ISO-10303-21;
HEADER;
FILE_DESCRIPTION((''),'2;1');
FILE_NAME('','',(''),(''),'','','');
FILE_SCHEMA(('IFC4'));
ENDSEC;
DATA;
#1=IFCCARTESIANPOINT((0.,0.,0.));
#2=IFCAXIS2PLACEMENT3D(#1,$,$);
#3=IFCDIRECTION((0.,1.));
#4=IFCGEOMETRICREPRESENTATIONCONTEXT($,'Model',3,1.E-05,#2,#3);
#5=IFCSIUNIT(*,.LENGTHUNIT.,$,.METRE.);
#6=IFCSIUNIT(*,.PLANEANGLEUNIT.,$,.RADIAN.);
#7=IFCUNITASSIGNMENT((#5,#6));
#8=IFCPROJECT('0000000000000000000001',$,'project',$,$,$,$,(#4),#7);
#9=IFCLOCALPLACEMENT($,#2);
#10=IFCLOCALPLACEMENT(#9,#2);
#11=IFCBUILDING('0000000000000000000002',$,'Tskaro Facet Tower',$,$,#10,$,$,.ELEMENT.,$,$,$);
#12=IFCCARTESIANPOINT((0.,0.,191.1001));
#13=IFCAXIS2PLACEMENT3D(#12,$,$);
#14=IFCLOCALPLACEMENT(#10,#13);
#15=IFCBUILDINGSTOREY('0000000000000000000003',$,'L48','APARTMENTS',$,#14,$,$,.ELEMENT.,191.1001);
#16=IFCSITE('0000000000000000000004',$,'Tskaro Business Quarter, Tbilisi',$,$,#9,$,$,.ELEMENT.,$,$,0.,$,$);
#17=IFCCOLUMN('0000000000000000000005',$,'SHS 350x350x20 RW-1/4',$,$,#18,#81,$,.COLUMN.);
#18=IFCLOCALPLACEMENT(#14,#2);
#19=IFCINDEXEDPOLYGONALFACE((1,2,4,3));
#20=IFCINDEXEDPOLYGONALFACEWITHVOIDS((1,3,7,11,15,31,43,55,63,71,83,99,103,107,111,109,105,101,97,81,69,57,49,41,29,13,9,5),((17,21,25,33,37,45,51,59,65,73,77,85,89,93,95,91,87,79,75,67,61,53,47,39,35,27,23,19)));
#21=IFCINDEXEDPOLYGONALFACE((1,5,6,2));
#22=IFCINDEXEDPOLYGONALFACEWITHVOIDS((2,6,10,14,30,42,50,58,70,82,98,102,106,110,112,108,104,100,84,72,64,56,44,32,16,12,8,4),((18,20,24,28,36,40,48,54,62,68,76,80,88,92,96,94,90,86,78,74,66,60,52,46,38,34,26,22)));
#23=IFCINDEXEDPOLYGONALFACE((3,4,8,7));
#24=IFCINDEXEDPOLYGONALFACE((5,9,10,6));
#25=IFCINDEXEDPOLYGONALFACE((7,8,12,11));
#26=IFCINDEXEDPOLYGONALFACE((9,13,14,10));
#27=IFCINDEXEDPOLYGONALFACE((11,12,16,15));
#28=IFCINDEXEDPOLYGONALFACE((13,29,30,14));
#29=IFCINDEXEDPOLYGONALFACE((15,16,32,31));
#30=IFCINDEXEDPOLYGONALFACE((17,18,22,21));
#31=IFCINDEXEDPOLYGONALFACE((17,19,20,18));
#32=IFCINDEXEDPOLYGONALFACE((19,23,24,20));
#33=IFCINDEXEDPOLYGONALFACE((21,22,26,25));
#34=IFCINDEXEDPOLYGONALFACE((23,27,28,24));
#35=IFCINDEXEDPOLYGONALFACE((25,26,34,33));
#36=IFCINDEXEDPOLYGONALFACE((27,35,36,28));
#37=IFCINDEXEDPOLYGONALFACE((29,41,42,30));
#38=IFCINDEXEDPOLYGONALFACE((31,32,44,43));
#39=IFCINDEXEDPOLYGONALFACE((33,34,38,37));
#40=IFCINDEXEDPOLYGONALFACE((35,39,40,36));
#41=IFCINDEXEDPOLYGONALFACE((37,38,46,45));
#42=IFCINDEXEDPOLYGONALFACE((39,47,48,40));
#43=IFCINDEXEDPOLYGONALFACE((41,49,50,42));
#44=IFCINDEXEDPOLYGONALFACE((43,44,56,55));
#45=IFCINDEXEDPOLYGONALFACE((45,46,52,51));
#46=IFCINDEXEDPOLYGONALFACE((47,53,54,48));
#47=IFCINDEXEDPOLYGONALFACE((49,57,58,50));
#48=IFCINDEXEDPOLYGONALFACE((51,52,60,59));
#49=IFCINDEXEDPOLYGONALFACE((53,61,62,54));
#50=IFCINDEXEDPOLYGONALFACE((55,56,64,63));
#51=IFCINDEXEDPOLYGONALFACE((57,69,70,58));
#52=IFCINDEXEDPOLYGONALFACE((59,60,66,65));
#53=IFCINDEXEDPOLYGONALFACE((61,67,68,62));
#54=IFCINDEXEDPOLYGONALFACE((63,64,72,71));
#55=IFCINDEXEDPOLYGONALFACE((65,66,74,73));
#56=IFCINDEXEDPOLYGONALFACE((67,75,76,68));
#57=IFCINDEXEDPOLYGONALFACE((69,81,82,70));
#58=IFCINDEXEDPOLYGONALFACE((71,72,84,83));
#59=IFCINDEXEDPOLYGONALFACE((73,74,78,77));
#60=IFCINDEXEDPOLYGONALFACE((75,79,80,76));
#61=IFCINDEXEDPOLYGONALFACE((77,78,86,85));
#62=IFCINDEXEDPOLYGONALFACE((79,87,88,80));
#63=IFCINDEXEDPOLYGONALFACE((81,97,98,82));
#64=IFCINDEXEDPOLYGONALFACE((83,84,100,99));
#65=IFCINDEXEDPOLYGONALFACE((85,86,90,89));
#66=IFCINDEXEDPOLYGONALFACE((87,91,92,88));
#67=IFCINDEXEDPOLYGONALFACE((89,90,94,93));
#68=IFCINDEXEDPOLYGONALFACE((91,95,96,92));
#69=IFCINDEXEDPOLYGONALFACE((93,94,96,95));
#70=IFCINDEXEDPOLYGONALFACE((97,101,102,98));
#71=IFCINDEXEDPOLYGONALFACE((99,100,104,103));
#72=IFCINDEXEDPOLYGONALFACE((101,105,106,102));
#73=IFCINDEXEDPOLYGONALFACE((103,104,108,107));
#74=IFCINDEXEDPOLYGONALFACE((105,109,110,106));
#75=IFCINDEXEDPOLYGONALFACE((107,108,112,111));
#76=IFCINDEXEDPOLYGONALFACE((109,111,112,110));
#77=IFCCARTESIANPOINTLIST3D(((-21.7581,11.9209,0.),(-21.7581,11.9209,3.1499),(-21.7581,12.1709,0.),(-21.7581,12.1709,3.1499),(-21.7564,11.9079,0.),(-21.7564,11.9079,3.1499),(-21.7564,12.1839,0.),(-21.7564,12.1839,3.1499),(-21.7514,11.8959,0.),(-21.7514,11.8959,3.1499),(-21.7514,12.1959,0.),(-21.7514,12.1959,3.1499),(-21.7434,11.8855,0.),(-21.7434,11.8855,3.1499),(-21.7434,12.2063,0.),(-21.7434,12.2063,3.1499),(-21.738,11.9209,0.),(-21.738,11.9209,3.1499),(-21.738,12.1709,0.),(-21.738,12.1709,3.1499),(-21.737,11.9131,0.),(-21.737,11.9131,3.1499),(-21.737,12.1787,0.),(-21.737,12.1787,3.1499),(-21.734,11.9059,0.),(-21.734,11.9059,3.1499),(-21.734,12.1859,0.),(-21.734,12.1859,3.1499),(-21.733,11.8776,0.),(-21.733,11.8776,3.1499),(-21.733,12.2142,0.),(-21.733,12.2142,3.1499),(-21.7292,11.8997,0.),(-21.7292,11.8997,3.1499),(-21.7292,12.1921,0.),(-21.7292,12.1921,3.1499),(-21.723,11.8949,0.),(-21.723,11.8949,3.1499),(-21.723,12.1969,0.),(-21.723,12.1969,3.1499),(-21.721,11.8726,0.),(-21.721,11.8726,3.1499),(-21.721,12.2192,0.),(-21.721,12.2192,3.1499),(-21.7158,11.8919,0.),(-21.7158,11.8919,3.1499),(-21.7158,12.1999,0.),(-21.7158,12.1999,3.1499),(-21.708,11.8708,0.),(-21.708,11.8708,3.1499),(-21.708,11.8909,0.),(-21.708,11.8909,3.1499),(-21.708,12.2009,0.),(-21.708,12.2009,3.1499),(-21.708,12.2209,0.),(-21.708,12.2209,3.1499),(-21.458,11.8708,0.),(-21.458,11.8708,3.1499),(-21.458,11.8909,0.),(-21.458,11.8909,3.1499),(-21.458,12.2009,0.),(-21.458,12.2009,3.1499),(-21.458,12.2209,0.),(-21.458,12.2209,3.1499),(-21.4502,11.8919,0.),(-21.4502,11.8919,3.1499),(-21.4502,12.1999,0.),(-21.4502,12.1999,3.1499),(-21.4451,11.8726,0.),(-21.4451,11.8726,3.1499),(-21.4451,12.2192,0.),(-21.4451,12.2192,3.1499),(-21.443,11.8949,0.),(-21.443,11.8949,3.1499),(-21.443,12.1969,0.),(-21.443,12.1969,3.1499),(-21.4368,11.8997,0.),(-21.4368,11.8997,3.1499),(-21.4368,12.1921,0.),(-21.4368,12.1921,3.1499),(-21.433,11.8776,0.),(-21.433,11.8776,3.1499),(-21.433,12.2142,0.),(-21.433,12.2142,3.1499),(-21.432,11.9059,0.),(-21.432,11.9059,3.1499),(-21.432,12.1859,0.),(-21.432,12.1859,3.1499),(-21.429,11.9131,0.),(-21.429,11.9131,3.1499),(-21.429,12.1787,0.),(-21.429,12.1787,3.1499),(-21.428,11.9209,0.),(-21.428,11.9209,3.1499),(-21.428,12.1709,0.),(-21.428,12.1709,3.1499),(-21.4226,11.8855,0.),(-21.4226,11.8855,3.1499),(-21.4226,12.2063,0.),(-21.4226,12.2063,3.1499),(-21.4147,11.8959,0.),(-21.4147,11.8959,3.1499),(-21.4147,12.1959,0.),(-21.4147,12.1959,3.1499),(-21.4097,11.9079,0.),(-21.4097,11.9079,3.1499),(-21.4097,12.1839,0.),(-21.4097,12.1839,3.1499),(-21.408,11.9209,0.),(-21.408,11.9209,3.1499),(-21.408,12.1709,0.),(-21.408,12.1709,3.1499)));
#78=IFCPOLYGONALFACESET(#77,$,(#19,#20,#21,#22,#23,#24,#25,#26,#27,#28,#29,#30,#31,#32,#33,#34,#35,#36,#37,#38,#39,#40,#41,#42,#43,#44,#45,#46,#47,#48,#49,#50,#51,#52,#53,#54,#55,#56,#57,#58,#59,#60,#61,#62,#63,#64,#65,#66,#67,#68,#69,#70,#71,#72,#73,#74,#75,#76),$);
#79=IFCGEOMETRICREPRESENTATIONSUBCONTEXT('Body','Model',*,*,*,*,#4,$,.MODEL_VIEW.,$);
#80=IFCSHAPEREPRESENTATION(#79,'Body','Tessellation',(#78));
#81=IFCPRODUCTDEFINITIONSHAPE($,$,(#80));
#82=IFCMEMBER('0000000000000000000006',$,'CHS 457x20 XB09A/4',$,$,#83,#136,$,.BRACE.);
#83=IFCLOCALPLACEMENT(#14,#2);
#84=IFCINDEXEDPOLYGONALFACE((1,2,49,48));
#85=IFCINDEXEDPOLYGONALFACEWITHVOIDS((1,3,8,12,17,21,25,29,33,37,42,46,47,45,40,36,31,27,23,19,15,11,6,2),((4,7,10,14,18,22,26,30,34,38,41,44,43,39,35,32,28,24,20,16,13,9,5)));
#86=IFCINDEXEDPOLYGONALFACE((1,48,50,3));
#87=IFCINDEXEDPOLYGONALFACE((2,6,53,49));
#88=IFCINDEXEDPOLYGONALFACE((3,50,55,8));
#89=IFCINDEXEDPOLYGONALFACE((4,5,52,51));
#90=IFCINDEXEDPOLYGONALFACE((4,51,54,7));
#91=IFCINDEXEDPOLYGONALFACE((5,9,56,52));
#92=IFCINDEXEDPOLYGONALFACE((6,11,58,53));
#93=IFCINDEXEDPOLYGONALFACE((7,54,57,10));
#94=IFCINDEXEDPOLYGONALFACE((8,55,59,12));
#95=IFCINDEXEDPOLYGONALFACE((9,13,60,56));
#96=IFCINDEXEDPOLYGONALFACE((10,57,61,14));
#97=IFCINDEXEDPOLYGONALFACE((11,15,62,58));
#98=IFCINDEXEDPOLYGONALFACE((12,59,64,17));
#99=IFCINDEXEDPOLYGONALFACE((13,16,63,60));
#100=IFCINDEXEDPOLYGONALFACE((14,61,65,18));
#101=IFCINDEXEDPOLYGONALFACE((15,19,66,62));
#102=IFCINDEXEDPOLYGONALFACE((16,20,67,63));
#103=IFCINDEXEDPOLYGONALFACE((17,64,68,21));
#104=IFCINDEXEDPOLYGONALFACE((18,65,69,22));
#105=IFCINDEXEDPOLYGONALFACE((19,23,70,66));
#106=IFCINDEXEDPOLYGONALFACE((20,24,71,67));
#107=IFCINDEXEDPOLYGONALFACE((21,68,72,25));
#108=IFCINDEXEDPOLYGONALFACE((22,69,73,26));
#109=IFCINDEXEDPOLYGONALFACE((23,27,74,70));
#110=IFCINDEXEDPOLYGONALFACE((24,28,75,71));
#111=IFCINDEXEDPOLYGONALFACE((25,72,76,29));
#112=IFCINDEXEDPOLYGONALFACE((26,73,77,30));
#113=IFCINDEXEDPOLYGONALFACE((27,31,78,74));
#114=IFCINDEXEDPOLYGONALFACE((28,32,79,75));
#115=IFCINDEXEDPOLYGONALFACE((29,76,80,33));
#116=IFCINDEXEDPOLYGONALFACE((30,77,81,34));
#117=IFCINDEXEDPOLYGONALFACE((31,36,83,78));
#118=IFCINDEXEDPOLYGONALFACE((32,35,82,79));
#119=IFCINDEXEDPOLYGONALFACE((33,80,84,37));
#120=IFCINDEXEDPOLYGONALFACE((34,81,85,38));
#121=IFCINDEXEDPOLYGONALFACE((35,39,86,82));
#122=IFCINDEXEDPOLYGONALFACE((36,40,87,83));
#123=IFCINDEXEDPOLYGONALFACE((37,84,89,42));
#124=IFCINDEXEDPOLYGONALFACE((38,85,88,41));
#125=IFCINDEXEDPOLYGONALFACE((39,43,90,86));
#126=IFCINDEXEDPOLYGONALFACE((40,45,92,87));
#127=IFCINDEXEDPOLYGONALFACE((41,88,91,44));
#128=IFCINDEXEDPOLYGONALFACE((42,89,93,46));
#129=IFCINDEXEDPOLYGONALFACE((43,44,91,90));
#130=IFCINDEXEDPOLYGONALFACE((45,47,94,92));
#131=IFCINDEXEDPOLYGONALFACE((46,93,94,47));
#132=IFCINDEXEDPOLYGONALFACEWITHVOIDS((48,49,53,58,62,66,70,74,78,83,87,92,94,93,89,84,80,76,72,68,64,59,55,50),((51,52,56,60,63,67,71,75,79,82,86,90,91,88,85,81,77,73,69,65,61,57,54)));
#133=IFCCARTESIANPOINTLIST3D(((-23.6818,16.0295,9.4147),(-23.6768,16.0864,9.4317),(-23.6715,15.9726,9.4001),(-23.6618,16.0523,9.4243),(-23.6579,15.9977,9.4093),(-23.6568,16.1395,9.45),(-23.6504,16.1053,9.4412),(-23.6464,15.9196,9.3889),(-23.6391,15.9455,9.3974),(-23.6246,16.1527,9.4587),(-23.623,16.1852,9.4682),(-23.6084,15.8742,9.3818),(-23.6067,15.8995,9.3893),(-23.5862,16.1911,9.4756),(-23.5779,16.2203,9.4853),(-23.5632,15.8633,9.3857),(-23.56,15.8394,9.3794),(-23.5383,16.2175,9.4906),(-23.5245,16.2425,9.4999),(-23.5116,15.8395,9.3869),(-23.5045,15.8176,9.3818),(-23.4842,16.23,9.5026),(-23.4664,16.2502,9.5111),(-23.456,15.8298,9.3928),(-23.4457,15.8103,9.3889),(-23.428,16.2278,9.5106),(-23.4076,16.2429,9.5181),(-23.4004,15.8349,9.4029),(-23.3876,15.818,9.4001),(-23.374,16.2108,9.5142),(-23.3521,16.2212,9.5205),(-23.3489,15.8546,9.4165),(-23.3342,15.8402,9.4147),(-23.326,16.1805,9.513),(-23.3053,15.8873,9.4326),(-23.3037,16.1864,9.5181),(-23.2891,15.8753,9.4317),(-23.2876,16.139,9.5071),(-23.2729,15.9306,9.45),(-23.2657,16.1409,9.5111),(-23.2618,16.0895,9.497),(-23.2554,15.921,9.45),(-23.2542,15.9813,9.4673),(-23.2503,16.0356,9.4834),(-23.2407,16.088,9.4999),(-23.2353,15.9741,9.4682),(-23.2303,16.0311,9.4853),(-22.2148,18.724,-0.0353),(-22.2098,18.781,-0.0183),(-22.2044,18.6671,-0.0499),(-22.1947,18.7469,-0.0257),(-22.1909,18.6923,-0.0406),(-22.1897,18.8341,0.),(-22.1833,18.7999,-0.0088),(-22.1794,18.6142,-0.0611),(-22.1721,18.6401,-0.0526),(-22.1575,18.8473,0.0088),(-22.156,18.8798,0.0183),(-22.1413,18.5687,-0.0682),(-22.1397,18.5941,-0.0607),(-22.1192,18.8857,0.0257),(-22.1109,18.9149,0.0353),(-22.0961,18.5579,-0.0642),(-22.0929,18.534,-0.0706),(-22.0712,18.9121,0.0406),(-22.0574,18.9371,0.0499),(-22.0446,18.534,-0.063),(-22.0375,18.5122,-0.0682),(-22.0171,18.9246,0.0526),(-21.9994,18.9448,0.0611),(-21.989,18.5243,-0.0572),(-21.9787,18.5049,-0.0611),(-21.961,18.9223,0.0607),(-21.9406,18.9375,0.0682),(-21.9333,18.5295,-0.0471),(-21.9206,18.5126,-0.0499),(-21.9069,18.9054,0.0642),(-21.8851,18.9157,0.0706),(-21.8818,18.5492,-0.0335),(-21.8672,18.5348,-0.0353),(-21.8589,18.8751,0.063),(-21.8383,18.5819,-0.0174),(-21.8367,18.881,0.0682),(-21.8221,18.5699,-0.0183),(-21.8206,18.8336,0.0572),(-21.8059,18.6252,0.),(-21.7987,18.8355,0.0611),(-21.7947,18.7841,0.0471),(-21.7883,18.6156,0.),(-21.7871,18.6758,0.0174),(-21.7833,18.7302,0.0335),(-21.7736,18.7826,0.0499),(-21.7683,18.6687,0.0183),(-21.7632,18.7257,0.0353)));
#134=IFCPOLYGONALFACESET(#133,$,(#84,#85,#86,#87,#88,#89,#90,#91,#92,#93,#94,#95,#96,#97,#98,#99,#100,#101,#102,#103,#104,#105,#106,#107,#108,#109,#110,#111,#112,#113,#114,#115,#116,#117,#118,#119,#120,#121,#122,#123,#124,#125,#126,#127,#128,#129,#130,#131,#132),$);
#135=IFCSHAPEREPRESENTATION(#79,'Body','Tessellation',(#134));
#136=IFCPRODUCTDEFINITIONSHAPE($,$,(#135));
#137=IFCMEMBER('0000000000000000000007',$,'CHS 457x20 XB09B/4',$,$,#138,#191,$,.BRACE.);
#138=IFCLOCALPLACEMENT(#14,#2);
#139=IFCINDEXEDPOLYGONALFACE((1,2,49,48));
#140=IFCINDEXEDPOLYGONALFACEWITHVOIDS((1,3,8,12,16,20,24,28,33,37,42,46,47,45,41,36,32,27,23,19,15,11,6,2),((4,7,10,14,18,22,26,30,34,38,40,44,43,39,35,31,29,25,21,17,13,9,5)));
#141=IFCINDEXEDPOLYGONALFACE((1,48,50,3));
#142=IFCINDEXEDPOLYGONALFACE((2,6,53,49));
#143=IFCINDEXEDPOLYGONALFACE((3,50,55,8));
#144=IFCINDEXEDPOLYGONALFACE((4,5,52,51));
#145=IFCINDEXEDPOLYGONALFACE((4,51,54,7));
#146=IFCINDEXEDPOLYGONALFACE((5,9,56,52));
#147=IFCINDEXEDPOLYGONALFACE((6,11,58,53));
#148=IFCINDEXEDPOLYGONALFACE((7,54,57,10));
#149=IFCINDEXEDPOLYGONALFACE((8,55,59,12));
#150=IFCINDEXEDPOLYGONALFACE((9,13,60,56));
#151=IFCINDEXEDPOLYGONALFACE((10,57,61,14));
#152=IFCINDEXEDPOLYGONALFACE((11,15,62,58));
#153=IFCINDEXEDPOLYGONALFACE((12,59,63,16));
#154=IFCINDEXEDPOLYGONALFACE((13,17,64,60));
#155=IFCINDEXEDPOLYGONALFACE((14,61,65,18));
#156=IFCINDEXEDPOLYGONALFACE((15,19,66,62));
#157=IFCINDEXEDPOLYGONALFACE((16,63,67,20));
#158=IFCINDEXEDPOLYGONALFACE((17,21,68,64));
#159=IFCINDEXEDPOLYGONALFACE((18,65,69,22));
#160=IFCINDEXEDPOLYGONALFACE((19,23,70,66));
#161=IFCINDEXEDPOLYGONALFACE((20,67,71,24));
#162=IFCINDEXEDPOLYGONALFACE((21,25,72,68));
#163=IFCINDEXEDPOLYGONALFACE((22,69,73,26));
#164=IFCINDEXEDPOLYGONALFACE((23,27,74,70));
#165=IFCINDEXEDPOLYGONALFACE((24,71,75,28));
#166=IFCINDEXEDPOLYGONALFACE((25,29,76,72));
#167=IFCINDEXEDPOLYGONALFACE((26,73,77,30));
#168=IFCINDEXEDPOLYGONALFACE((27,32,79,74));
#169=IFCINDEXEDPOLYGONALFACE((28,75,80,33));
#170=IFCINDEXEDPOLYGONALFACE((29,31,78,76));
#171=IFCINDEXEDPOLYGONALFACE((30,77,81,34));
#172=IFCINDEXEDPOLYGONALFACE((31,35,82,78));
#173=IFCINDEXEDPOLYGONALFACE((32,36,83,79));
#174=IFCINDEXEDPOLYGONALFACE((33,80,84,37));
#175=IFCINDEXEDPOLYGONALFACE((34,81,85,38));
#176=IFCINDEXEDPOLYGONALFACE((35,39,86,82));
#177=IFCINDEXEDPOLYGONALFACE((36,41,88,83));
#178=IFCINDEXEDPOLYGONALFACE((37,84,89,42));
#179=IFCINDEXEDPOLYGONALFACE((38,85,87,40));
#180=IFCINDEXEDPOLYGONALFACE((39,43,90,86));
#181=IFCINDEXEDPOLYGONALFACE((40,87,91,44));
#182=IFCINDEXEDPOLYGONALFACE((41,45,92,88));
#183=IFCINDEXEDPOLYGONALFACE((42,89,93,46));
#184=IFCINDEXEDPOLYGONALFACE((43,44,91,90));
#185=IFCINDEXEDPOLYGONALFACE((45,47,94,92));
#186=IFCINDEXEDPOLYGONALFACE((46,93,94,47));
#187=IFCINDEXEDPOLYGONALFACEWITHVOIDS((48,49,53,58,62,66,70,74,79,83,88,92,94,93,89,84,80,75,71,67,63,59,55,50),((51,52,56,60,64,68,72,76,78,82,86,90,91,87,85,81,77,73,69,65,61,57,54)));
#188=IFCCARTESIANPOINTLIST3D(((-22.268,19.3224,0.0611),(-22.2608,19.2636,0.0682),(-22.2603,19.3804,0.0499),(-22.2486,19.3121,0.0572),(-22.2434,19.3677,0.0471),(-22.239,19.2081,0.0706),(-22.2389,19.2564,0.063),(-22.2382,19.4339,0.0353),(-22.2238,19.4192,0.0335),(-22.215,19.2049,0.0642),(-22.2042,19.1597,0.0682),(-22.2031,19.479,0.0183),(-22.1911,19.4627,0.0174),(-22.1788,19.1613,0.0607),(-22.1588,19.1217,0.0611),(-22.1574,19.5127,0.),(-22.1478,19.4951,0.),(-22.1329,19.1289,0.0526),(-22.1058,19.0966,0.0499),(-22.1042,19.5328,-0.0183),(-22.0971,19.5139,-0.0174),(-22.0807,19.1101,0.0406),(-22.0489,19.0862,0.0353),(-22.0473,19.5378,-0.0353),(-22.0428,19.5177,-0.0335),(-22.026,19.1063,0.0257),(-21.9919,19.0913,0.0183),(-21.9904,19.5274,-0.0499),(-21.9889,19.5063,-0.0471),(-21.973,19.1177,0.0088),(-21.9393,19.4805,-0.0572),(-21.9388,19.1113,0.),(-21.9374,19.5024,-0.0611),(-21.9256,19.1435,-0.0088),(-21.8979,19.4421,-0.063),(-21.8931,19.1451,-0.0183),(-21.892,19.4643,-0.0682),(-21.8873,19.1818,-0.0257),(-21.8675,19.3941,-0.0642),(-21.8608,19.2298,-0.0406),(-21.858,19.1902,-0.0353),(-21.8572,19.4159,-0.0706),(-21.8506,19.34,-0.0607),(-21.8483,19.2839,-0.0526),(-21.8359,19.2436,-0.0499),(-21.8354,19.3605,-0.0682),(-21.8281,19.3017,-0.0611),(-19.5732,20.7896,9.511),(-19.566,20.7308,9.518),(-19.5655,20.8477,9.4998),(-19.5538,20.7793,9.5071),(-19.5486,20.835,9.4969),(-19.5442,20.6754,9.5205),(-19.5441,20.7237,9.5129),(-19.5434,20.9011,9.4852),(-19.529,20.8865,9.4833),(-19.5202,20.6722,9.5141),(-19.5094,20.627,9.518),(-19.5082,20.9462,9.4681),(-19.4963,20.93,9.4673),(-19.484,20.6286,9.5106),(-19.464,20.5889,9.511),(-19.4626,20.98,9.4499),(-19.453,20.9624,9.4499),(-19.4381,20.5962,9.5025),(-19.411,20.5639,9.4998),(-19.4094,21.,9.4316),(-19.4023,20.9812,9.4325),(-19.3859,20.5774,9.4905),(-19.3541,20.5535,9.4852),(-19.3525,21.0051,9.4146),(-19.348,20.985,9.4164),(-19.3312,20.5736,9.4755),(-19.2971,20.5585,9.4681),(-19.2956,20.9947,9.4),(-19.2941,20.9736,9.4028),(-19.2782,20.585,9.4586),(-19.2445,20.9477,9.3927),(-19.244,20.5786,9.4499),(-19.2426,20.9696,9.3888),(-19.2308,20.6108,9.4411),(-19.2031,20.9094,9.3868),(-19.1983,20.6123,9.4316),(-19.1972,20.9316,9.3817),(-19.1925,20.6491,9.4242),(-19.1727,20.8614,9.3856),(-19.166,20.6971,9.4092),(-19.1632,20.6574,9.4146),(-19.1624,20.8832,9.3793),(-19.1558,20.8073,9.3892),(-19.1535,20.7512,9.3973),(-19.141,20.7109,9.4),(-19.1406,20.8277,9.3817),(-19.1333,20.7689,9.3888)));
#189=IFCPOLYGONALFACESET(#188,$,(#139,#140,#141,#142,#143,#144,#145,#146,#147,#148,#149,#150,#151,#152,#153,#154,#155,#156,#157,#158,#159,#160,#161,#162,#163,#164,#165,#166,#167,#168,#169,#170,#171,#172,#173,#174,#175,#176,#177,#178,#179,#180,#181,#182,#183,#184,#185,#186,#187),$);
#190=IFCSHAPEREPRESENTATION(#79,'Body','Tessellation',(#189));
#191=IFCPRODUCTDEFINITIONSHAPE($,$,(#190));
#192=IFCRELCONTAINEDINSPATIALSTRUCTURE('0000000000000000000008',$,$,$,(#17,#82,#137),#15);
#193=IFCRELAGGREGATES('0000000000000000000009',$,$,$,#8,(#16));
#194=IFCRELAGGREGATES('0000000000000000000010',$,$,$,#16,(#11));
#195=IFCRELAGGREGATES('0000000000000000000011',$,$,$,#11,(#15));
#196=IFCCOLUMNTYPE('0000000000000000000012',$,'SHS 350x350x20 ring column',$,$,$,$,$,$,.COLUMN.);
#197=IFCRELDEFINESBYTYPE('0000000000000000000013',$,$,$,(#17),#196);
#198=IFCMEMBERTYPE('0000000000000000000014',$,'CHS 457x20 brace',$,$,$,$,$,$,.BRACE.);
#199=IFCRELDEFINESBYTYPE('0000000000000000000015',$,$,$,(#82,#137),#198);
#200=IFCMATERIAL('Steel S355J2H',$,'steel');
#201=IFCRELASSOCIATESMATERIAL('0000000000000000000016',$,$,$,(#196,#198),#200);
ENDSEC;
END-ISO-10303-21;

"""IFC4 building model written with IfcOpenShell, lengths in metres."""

from ifc_helpers import new_model, si_unit, direction, frame, origin, origin_2d, place, context, subcontext, project, spatial, hollow_rectangle, hollow_circle, extrude, material, material_profile, profile_set, type_object, element, save


model = new_model("IFC4")

# Units and contexts
model_context = context("Model", 3, precision=1e-05, world=origin(), true_north=direction((0.0, 1.0)))
body_context = subcontext(model_context, "Body", "Model", "MODEL_VIEW")
ifc_project = project(units=[si_unit("LENGTHUNIT", "METRE"), si_unit("PLANEANGLEUNIT", "RADIAN")], contexts=[model_context])

# Site, building, storey
site_placement = place(None, origin())
site = spatial("IfcSite", under=ifc_project, at=site_placement, Name="Tskaro Business Quarter, Tbilisi", CompositionType="ELEMENT", RefElevation=0.0)
building_placement = place(site_placement, origin())
building = spatial("IfcBuilding", under=site, at=building_placement, Name="Tskaro Facet Tower", CompositionType="ELEMENT")
storey_placement = place(building_placement, frame((0.0, 0.0, 191.1001)))
storey = spatial("IfcBuildingStorey", under=building, at=storey_placement, Name="L48", Description="APARTMENTS", CompositionType="ELEMENT", Elevation=191.1001)

# Column
ifc_material_1 = material(Name="Steel S355J2H", Category="steel")
ifc_material_profile_1 = material_profile(ifc_material_1, hollow_rectangle(XDim=0.3501, YDim=0.3501, WallThickness=0.02, InnerFilletRadius=0.03, OuterFilletRadius=0.05, at=origin_2d()), Name="SHS 350x350x20")
ifc_profile_set_1 = profile_set([ifc_material_profile_1], Name="Steel S355J2H")
column_type_1 = type_object("IfcColumnType", Name="SHS 350x350x20 ring column", PredefinedType="COLUMN", material=ifc_profile_set_1)
for number, where, z_axis, x_axis, name in (
    (1, (-21.583, 12.0459, 0.0), (0.0, 0.0, 1.0), (1.0, 0.0, 0.0), "SHS 350x350x20 RW-1/4"),
):
    element("IfcColumn", number, at=place(storey_placement, frame(where, z_axis=z_axis, x_axis=x_axis)), inside=storey, type_object=column_type_1, Name=name, PredefinedType="COLUMN", context=body_context, shape_type="SweptSolid", body=[
        extrude(hollow_rectangle(XDim=0.3501, YDim=0.3501, WallThickness=0.02, InnerFilletRadius=0.03, OuterFilletRadius=0.05, at=origin_2d()), origin(), (0.0, 0.0, 1.0), 3.1499),
    ])

# Members
ifc_material_profile_2 = material_profile(ifc_material_1, hollow_circle(Radius=0.2285, WallThickness=0.02, at=origin_2d()), Name="CHS 457x20")
ifc_profile_set_2 = profile_set([ifc_material_profile_2], Name="Steel S355J2H")
member_type_1 = type_object("IfcMemberType", Name="CHS 457x20 brace", PredefinedType="BRACE", material=ifc_profile_set_2)
for number, where, z_axis, x_axis, name in (
    (2, (-21.989, 18.7249, 0.0), (-0.147656, -0.271207, 0.951128), (0.878269, -0.478166, 0.0), "CHS 457x20 XB09A/4"),
    (3, (-22.0481, 19.312, 0.0), (0.271229, 0.147679, 0.951118), (-0.478194, 0.878254, 0.0), "CHS 457x20 XB09B/4"),
):
    element("IfcMember", number, at=place(storey_placement, frame(where, z_axis=z_axis, x_axis=x_axis)), inside=storey, type_object=member_type_1, Name=name, PredefinedType="BRACE", context=body_context, shape_type="SweptSolid", body=[
        extrude(hollow_circle(Radius=0.2285, WallThickness=0.02, at=origin_2d()), origin(), (0.0, 0.0, 1.0), 9.9355),
    ])

save(model, "model.ifc")
